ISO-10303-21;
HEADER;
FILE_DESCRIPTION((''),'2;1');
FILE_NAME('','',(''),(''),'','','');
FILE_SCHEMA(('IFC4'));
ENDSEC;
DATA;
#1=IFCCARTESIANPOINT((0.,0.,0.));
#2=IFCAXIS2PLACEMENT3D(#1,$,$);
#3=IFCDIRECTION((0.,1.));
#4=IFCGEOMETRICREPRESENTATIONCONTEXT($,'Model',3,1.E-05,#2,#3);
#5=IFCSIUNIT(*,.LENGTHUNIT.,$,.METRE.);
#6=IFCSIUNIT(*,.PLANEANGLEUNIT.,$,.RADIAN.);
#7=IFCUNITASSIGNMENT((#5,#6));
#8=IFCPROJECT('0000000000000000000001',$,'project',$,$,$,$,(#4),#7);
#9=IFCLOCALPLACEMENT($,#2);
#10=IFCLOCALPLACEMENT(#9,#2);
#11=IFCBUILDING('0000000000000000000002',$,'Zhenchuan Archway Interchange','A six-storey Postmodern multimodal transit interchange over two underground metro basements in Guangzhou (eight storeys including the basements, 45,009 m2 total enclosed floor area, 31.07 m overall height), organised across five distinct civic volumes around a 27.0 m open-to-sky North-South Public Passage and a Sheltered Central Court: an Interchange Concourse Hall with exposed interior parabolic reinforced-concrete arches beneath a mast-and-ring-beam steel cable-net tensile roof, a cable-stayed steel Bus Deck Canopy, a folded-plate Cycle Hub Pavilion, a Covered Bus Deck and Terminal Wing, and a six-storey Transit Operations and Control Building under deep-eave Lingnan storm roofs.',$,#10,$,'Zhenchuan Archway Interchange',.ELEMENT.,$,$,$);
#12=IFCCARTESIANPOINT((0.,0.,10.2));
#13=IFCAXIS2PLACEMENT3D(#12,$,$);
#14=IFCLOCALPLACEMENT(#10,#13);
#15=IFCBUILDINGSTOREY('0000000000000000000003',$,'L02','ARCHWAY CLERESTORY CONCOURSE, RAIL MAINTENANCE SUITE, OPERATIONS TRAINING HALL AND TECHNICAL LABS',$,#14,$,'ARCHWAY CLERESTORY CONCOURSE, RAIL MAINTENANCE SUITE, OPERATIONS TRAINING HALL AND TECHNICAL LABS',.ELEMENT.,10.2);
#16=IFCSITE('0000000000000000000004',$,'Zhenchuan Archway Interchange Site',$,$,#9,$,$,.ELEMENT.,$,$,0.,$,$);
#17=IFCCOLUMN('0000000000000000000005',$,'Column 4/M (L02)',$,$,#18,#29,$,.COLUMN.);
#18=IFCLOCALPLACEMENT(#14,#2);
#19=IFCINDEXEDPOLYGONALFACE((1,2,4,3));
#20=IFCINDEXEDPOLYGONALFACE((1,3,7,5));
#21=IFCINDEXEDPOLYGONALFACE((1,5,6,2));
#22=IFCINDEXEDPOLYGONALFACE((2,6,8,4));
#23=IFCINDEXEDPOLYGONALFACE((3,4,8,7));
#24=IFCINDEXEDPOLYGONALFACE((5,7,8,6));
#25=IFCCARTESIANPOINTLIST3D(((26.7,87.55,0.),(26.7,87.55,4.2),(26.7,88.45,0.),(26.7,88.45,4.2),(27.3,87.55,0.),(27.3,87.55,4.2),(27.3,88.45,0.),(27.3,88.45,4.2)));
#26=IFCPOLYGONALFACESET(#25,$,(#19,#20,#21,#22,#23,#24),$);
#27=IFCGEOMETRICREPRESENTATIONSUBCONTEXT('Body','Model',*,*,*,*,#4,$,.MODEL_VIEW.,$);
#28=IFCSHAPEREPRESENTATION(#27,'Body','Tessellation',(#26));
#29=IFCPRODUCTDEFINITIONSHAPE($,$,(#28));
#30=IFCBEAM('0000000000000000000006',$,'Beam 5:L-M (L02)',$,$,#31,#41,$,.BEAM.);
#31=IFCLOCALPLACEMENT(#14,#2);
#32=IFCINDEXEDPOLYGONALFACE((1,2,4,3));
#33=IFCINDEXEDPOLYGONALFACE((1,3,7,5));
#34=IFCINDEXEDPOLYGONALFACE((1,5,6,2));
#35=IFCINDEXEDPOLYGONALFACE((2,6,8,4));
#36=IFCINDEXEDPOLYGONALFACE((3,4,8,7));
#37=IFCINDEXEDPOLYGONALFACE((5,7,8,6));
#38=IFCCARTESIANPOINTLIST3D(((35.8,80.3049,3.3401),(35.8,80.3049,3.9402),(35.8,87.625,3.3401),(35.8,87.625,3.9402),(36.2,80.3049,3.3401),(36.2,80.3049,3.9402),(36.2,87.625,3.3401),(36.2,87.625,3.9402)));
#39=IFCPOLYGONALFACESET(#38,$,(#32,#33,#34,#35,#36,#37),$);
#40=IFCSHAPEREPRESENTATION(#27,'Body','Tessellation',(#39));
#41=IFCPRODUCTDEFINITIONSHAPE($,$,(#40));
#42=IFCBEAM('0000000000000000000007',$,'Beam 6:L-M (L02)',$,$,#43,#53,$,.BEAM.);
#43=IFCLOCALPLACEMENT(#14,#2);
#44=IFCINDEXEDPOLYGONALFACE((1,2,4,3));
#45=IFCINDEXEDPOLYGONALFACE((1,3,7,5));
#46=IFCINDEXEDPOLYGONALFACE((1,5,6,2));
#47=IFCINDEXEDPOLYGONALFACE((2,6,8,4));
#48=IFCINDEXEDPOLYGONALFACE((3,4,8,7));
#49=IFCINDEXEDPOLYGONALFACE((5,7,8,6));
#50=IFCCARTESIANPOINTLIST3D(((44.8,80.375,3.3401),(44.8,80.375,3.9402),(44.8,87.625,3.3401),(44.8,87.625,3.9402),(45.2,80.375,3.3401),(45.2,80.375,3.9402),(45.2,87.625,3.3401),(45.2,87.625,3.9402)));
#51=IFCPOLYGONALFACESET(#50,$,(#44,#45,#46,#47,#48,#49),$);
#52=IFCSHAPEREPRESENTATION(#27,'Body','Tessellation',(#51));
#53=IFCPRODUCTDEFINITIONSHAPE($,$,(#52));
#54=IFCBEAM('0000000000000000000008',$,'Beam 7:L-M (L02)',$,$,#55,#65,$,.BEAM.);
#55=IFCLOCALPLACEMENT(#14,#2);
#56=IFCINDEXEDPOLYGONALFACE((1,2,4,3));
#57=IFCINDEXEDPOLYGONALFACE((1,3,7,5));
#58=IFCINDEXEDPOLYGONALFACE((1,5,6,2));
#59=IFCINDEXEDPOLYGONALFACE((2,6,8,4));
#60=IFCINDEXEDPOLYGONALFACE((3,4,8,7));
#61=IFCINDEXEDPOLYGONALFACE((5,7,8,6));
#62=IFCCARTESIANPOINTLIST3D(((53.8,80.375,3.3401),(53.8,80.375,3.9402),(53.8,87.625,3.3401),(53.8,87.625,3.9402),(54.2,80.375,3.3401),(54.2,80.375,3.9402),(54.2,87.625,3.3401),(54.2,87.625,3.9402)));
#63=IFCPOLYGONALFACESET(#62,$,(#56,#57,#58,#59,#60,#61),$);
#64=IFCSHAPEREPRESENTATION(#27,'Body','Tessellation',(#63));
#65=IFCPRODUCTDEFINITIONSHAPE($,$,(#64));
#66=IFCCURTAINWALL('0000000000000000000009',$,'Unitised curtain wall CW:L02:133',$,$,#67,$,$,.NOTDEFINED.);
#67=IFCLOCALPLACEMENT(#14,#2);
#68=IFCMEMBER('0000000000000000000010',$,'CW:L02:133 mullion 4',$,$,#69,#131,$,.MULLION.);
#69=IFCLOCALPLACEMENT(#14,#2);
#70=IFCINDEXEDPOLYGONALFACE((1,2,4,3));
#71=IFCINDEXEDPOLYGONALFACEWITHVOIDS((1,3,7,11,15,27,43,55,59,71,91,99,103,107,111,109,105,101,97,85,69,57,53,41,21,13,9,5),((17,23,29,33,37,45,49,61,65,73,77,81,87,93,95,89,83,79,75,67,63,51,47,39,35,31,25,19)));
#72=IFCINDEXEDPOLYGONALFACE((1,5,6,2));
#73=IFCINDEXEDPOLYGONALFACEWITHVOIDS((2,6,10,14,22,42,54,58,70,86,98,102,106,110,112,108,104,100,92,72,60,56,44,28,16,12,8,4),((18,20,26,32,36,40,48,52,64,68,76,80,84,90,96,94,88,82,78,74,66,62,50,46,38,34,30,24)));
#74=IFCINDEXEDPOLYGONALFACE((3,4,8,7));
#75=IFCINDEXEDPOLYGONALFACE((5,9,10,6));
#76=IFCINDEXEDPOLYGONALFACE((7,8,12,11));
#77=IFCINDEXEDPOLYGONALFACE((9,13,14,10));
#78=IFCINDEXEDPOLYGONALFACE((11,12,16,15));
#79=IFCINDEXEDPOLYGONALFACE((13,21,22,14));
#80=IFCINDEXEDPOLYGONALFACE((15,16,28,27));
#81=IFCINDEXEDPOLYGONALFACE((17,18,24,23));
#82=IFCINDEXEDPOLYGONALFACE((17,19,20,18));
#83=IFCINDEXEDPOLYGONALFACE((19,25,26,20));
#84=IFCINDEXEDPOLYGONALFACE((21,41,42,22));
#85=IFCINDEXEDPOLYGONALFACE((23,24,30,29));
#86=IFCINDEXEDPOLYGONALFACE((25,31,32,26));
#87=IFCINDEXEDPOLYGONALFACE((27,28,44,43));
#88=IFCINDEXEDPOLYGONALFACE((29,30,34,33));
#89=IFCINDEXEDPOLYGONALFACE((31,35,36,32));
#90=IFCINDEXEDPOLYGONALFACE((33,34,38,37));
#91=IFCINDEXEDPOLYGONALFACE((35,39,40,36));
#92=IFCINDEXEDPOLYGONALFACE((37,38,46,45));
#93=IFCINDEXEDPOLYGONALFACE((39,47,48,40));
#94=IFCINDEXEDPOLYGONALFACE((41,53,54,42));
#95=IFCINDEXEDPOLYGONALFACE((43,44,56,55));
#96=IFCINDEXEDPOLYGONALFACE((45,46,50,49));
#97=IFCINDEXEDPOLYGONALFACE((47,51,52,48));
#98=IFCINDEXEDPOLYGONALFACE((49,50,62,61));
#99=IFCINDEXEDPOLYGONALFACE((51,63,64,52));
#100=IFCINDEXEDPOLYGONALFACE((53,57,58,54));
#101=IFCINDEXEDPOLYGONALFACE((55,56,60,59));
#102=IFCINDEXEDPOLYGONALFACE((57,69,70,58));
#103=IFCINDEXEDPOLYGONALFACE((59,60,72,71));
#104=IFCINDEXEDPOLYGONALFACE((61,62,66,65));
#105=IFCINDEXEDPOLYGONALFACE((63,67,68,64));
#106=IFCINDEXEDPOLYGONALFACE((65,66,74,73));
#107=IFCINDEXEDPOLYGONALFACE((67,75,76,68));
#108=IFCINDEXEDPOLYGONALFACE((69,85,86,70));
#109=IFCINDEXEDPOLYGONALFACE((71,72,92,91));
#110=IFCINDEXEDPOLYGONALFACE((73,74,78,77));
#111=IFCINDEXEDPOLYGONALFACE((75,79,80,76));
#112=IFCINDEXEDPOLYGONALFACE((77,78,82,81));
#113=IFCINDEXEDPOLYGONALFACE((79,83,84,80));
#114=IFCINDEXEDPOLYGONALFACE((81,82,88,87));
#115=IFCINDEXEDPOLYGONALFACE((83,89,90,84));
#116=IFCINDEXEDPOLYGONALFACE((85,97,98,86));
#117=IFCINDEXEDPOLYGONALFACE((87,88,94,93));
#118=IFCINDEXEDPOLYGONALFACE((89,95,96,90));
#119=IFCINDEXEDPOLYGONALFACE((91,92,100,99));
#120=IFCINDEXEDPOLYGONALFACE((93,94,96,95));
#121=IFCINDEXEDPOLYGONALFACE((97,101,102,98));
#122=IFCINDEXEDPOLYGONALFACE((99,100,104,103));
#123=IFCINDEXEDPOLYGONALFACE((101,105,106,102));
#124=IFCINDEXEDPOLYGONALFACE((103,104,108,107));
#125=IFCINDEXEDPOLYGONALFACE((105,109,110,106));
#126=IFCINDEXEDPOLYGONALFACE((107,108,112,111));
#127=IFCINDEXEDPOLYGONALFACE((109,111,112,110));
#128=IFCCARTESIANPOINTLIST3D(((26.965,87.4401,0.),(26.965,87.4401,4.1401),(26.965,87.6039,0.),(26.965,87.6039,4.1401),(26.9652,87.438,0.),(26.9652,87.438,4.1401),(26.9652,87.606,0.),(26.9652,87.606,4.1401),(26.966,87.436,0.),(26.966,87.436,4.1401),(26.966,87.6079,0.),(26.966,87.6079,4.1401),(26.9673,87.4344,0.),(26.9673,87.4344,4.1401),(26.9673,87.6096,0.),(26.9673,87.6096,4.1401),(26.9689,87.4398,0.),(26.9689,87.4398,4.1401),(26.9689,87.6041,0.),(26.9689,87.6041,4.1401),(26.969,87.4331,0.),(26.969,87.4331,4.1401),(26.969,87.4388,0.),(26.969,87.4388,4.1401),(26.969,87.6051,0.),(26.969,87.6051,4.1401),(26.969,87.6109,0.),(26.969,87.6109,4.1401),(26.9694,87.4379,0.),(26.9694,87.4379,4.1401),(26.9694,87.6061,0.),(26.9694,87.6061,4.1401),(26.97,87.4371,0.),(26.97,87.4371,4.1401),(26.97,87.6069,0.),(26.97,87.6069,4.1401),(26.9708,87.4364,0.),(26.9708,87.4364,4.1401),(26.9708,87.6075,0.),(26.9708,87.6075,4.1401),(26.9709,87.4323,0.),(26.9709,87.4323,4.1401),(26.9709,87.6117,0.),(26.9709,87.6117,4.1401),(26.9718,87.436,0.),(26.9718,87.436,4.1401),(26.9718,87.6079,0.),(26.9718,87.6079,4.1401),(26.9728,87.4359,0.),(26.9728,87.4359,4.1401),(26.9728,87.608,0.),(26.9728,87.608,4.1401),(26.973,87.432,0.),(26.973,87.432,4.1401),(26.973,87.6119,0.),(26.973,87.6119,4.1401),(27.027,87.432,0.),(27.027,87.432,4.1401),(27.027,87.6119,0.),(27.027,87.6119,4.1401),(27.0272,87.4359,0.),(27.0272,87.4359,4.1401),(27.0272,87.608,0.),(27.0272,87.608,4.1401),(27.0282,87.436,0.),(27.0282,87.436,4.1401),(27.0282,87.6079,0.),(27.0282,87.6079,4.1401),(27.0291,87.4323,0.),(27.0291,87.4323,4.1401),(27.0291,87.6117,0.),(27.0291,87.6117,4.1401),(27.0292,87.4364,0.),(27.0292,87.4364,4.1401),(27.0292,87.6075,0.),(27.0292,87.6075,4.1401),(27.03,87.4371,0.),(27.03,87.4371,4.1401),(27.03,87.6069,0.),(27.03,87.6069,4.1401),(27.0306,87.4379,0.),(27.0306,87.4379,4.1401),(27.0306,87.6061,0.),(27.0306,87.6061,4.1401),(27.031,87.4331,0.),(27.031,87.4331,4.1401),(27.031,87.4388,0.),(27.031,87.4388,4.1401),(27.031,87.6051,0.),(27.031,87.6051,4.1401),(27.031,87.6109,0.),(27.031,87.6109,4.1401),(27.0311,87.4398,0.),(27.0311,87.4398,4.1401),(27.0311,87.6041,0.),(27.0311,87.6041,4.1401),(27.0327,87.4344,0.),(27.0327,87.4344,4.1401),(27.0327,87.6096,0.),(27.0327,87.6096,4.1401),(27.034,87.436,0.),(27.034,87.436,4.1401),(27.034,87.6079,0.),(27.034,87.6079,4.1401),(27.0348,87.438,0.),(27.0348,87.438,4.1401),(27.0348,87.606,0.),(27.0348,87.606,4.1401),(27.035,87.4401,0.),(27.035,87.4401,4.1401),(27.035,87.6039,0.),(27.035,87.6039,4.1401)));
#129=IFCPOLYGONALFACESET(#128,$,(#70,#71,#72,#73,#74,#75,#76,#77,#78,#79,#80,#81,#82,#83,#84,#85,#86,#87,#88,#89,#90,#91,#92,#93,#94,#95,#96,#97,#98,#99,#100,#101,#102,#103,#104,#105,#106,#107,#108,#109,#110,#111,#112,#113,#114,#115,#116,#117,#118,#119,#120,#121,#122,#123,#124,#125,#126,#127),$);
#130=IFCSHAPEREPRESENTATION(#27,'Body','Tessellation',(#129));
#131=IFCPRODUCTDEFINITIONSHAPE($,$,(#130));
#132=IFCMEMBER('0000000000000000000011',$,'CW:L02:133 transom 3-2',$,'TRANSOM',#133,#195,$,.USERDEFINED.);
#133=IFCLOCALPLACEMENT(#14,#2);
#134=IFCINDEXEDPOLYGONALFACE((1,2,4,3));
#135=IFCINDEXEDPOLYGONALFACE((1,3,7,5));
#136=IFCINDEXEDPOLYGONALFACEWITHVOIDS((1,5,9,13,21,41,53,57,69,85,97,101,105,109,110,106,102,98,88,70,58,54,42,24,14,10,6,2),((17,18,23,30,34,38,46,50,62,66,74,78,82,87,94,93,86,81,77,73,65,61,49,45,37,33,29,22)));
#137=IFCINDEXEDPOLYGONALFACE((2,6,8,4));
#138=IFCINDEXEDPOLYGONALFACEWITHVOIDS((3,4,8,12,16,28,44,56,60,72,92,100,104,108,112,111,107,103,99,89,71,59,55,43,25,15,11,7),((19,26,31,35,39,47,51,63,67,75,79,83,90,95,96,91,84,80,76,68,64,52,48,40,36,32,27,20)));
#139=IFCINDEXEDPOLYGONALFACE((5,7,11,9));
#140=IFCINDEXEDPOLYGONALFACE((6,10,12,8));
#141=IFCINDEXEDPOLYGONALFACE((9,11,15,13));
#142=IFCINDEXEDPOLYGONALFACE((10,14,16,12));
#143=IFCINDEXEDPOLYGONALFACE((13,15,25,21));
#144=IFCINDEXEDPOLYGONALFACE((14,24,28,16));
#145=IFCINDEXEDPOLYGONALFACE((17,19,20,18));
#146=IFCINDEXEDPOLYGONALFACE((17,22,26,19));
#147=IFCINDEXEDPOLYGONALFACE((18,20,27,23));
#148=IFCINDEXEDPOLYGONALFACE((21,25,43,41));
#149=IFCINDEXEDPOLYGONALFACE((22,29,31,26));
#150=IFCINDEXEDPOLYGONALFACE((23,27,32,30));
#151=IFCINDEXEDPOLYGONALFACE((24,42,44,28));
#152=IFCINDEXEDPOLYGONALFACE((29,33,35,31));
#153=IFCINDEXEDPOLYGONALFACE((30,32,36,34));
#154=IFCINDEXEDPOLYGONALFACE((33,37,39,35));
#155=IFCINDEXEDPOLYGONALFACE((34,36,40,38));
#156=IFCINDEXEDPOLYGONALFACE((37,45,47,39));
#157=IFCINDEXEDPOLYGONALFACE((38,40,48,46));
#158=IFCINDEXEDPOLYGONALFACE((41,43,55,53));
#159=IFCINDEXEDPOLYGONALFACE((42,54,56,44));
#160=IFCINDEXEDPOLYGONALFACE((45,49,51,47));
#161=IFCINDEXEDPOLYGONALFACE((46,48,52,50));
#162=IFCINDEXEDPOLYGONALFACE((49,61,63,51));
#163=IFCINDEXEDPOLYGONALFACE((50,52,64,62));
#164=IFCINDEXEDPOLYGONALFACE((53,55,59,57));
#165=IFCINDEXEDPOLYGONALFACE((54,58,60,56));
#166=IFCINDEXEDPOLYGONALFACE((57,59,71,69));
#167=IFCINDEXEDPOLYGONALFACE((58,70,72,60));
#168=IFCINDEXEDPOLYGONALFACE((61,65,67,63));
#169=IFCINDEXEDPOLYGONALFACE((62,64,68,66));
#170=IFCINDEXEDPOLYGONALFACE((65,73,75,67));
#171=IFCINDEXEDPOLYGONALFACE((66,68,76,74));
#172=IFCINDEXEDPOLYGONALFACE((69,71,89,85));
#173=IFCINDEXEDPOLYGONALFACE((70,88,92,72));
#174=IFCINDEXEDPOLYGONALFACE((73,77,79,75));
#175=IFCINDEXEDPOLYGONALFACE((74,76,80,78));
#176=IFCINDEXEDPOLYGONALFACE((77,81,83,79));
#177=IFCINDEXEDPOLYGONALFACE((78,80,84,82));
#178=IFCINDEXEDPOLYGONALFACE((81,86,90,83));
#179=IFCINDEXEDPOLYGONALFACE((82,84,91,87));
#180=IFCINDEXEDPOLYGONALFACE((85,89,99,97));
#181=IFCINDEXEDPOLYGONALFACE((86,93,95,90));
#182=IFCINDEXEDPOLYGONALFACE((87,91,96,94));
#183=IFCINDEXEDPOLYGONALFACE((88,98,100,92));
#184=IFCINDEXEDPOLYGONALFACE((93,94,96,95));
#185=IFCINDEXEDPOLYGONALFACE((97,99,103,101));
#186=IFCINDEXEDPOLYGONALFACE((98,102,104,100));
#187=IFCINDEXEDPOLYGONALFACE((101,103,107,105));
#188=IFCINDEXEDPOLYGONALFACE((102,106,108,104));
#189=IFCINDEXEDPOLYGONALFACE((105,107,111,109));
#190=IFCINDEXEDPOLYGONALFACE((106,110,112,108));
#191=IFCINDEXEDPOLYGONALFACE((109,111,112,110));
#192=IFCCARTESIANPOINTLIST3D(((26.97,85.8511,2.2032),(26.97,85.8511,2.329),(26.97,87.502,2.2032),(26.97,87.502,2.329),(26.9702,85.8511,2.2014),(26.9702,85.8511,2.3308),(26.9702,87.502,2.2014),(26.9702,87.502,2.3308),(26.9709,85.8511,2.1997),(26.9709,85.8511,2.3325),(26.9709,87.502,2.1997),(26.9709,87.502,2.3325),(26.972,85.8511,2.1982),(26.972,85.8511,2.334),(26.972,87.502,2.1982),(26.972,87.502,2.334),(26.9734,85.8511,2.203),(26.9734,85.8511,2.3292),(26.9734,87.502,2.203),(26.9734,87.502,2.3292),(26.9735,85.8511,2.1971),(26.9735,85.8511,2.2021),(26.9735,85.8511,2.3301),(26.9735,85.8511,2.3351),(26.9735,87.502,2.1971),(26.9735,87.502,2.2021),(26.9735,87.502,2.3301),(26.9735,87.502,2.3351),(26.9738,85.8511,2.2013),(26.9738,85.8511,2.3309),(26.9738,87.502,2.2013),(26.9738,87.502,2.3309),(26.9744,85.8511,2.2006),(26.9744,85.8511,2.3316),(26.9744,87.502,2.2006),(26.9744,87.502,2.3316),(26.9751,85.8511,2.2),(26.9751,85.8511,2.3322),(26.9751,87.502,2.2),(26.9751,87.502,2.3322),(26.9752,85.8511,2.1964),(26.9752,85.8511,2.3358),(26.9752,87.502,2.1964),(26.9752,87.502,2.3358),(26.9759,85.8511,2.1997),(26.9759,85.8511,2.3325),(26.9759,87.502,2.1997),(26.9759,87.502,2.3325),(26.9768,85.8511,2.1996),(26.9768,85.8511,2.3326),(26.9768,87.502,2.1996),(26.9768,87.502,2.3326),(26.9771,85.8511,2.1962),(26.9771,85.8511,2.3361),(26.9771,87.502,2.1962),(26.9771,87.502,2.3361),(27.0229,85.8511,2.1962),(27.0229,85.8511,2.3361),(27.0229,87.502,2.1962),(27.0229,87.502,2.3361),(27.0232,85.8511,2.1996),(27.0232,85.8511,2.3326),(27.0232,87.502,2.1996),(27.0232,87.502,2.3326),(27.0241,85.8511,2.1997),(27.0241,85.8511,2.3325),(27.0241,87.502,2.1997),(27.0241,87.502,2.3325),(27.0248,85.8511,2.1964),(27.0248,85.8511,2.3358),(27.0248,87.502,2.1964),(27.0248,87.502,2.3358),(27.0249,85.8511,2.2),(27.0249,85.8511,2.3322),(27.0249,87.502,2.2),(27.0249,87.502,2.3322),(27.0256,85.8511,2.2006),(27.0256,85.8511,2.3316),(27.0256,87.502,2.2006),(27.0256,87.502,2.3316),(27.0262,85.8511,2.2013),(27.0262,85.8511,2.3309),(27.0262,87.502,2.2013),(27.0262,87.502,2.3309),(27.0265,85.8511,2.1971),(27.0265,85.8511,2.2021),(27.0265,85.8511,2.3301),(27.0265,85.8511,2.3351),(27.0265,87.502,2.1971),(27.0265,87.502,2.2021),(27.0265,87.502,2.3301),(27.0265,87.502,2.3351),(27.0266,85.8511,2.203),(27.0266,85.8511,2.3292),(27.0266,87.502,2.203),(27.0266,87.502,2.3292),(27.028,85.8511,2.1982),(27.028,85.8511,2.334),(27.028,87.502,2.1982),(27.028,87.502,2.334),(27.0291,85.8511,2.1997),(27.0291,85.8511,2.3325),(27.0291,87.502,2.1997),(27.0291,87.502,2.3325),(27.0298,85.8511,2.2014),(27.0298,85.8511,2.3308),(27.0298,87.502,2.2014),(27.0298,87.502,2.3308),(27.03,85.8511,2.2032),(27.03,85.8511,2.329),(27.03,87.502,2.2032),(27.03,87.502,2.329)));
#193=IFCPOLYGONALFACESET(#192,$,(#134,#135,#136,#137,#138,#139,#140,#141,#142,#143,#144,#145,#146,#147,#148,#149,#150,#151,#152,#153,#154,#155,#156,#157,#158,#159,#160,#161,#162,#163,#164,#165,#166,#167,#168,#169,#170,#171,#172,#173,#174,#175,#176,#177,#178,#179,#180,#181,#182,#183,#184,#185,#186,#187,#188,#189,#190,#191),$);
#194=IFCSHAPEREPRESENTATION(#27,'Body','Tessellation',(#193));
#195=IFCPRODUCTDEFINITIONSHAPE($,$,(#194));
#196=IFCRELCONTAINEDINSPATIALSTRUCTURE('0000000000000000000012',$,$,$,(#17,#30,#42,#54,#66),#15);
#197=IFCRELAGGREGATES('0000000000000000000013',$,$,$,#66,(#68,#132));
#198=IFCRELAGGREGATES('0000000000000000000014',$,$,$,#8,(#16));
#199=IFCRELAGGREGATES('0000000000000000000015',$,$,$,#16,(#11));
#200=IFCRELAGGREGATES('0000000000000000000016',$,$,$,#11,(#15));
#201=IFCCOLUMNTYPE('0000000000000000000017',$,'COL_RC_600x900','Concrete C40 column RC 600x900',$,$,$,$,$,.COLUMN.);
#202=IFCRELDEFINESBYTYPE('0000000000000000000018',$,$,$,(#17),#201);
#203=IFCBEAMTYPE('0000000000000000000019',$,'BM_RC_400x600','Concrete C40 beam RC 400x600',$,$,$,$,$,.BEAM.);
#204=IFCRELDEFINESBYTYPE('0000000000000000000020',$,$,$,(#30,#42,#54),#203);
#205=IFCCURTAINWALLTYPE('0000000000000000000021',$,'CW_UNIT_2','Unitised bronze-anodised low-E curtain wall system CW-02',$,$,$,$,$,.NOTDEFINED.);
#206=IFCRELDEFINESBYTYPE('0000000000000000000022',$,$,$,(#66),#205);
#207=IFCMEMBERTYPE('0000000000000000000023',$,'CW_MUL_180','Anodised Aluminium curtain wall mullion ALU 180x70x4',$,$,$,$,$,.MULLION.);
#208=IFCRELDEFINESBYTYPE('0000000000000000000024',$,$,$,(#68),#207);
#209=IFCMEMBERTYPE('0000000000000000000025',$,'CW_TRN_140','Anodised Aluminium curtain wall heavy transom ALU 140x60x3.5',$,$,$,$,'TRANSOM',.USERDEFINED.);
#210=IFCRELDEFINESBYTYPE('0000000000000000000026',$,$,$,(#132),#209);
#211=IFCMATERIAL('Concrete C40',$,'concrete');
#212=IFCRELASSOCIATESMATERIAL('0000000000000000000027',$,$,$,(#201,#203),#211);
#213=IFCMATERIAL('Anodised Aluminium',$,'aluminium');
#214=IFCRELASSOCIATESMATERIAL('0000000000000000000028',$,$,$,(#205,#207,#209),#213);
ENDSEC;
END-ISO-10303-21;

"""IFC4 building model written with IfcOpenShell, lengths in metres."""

from ifc_helpers import new_model, si_unit, direction, frame, origin, origin_2d, place, context, subcontext, project, spatial, rectangle, hollow_rectangle, extrude, material, material_profile, profile_set, type_object, element, aggregate, save


model = new_model("IFC4")

# Units and contexts
model_context = context("Model", 3, precision=1e-05, world=origin(), true_north=direction((0.0, 1.0)))
body_context = subcontext(model_context, "Body", "Model", "MODEL_VIEW")
ifc_project = project(units=[si_unit("LENGTHUNIT", "METRE"), si_unit("PLANEANGLEUNIT", "RADIAN")], contexts=[model_context])

# Site, building, storey
site_placement = place(None, origin())
site = spatial("IfcSite", under=ifc_project, at=site_placement, Name="Zhenchuan Archway Interchange Site", CompositionType="ELEMENT", RefElevation=0.0)
building_placement = place(site_placement, origin())
building = spatial("IfcBuilding", under=site, at=building_placement, Name="Zhenchuan Archway Interchange", Description="A six-storey Postmodern multimodal transit interchange over two underground metro basements in Guangzhou (eight storeys including the basements, 45,009 m2 total enclosed floor area, 31.07 m overall height), organised across five distinct civic volumes around a 27.0 m open-to-sky North-South Public Passage and a Sheltered Central Court: an Interchange Concourse Hall with exposed interior parabolic reinforced-concrete arches beneath a mast-and-ring-beam steel cable-net tensile roof, a cable-stayed steel Bus Deck Canopy, a folded-plate Cycle Hub Pavilion, a Covered Bus Deck and Terminal Wing, and a six-storey Transit Operations and Control Building under deep-eave Lingnan storm roofs.", LongName="Zhenchuan Archway Interchange", CompositionType="ELEMENT")
storey_placement = place(building_placement, frame((0.0, 0.0, 10.2)))
storey = spatial("IfcBuildingStorey", under=building, at=storey_placement, Name="L02", Description="ARCHWAY CLERESTORY CONCOURSE, RAIL MAINTENANCE SUITE, OPERATIONS TRAINING HALL AND TECHNICAL LABS", LongName="ARCHWAY CLERESTORY CONCOURSE, RAIL MAINTENANCE SUITE, OPERATIONS TRAINING HALL AND TECHNICAL LABS", CompositionType="ELEMENT", Elevation=10.2)

# Column
ifc_material_1 = material(Name="Concrete C40", Category="concrete")
ifc_material_profile_1 = material_profile(ifc_material_1, rectangle(XDim=0.6001, YDim=0.8999, at=origin_2d()), Name="RC 600x900")
ifc_profile_set_1 = profile_set([ifc_material_profile_1], Name="Concrete C40")
column_type = type_object("IfcColumnType", Name="COL_RC_600x900", Description="Concrete C40 column RC 600x900", PredefinedType="COLUMN", material=ifc_profile_set_1)
column_placement = place(storey_placement, frame((27.0, 88.0, 0.0), z_axis=(0.0, 0.0, 1.0), x_axis=(1.0, 0.0, 0.0)))
element("IfcColumn", 1, at=column_placement, inside=storey, type_object=column_type, Name="Column 4/M (L02)", PredefinedType="COLUMN", context=body_context, shape_type="SweptSolid", body=[
    extrude(rectangle(XDim=0.6001, YDim=0.8999, at=origin_2d()), origin(), (0.0, 0.0, 1.0), 4.2),
])

# Beams
ifc_material_profile_2 = material_profile(ifc_material_1, rectangle(XDim=0.3999, YDim=0.6001, at=origin_2d()), Name="RC 400x600")
ifc_profile_set_2 = profile_set([ifc_material_profile_2], Name="Concrete C40")
beam_type_1 = type_object("IfcBeamType", Name="BM_RC_400x600", Description="Concrete C40 beam RC 400x600", PredefinedType="BEAM", material=ifc_profile_set_2)
beam_placement = place(storey_placement, frame((36.0, 80.3049, 3.6401), z_axis=(0.0, 1.0, 0.0), x_axis=(-1.0, 0.0, 0.0)))
element("IfcBeam", 2, at=beam_placement, inside=storey, type_object=beam_type_1, Name="Beam 5:L-M (L02)", PredefinedType="BEAM", context=body_context, shape_type="SweptSolid", body=[
    extrude(rectangle(XDim=0.3999, YDim=0.6001, at=origin_2d()), origin(), (0.0, 0.0, 1.0), 7.3201),
])
for number, where, z_axis, x_axis, name in (
    (3, (45.0, 80.375, 3.6401), (0.0, 1.0, 0.0), (-1.0, 0.0, 0.0), "Beam 6:L-M (L02)"),
    (4, (54.0, 80.375, 3.6401), (0.0, 1.0, 0.0), (-1.0, 0.0, 0.0), "Beam 7:L-M (L02)"),
):
    element("IfcBeam", number, at=place(storey_placement, frame(where, z_axis=z_axis, x_axis=x_axis)), inside=storey, type_object=beam_type_1, Name=name, PredefinedType="BEAM", context=body_context, shape_type="SweptSolid", body=[
        extrude(rectangle(XDim=0.3999, YDim=0.6001, at=origin_2d()), origin(), (0.0, 0.0, 1.0), 7.25),
    ])

# Curtain wall, members
ifc_material_2 = material(Name="Anodised Aluminium", Category="aluminium")
curtain_wall_type = type_object("IfcCurtainWallType", Name="CW_UNIT_2", Description="Unitised bronze-anodised low-E curtain wall system CW-02", PredefinedType="NOTDEFINED", material=ifc_material_2)
curtain_wall_placement = place(storey_placement, origin())
curtain_wall = element("IfcCurtainWall", 5, at=curtain_wall_placement, inside=storey, type_object=curtain_wall_type, Name="Unitised curtain wall CW:L02:133", PredefinedType="NOTDEFINED")
ifc_material_profile_3 = material_profile(ifc_material_2, hollow_rectangle(XDim=0.0701, YDim=0.1799, WallThickness=0.0039, InnerFilletRadius=0.0039, OuterFilletRadius=0.0081, at=origin_2d()), Name="ALU 180x70x4")
ifc_profile_set_3 = profile_set([ifc_material_profile_3], Name="Anodised Aluminium")
member_type_1 = type_object("IfcMemberType", Name="CW_MUL_180", Description="Anodised Aluminium curtain wall mullion ALU 180x70x4", PredefinedType="MULLION", material=ifc_profile_set_3)
member_1_placement = place(storey_placement, frame((27.0, 87.522, 0.0), z_axis=(0.0, 0.0, 1.0), x_axis=(1.0, 0.0, 0.0)))
member_1 = element("IfcMember", 6, at=member_1_placement, type_object=member_type_1, Name="CW:L02:133 mullion 4", PredefinedType="MULLION", context=body_context, shape_type="SweptSolid", body=[
    extrude(hollow_rectangle(XDim=0.0701, YDim=0.1799, WallThickness=0.0039, InnerFilletRadius=0.0039, OuterFilletRadius=0.0081, at=origin_2d()), origin(), (0.0, 0.0, 1.0), 4.1401),
])
ifc_material_profile_4 = material_profile(ifc_material_2, hollow_rectangle(XDim=0.0601, YDim=0.1399, WallThickness=0.0034, InnerFilletRadius=0.0034, OuterFilletRadius=0.0071, at=origin_2d()), Name="ALU 140x60x3.5")
ifc_profile_set_4 = profile_set([ifc_material_profile_4], Name="Anodised Aluminium")
member_type_2 = type_object("IfcMemberType", Name="CW_TRN_140", Description="Anodised Aluminium curtain wall heavy transom ALU 140x60x3.5", ElementType="TRANSOM", PredefinedType="USERDEFINED", material=ifc_profile_set_4)
member_2_placement = place(storey_placement, frame((27.0, 85.8511, 2.2661), z_axis=(0.0, 1.0, 0.0), x_axis=(-1.0, 0.0, 0.0)))
member_2 = element("IfcMember", 7, at=member_2_placement, type_object=member_type_2, Name="CW:L02:133 transom 3-2", ObjectType="TRANSOM", PredefinedType="USERDEFINED", context=body_context, shape_type="SweptSolid", body=[
    extrude(hollow_rectangle(XDim=0.0601, YDim=0.1399, WallThickness=0.0034, InnerFilletRadius=0.0034, OuterFilletRadius=0.0071, at=origin_2d()), origin(), (0.0, 0.0, 1.0), 1.6509),
])

aggregate(curtain_wall, [member_1, member_2])

save(model, "model.ifc")
